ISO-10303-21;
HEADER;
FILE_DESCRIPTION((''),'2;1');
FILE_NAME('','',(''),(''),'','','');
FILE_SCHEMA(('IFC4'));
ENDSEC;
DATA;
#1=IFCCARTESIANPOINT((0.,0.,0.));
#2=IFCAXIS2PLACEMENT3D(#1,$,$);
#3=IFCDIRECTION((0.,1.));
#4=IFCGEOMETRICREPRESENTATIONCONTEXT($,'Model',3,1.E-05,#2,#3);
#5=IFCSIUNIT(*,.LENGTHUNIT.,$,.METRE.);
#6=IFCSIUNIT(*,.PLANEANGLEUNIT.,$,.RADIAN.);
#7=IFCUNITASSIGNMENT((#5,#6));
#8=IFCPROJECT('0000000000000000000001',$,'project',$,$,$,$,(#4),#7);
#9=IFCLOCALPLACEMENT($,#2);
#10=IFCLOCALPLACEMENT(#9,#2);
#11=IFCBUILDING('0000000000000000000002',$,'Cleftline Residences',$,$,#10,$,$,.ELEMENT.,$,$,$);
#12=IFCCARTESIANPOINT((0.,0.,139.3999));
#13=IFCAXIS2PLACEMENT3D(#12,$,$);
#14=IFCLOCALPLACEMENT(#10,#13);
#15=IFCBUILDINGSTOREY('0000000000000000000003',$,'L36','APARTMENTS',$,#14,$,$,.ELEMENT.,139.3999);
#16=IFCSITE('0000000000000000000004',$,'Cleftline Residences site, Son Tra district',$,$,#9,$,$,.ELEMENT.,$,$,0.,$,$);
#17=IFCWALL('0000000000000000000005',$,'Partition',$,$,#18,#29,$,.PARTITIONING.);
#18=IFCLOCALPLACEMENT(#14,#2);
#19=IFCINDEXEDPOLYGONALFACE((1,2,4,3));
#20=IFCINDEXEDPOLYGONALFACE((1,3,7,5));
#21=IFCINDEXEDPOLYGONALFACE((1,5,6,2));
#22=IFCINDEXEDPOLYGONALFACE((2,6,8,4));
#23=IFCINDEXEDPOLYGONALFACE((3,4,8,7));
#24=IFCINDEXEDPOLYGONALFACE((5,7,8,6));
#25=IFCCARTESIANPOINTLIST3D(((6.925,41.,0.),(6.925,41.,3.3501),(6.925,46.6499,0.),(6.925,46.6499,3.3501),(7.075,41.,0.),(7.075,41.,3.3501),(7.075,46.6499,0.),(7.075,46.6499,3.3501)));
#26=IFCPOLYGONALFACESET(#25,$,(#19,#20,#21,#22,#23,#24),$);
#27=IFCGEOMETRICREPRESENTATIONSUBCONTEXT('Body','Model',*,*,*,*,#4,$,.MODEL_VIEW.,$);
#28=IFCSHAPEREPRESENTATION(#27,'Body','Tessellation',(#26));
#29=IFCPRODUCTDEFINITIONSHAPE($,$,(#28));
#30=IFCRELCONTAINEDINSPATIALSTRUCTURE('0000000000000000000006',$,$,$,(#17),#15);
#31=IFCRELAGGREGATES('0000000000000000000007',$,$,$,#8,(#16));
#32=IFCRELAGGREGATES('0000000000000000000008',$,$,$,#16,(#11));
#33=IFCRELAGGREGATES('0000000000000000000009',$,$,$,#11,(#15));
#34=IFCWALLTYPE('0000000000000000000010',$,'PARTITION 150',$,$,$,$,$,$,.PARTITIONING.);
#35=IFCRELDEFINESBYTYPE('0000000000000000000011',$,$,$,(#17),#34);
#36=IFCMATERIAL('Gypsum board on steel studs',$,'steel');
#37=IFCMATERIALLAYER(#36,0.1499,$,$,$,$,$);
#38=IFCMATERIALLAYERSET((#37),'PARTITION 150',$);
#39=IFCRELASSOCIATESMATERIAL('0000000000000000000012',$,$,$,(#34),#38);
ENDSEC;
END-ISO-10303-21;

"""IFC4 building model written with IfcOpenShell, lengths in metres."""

from ifc_helpers import new_model, si_unit, direction, frame, frame_2d, origin, place, context, subcontext, project, spatial, rectangle, extrude, material, layer, layer_set, type_object, element, save


model = new_model("IFC4")

# Units and contexts
model_context = context("Model", 3, precision=1e-05, world=origin(), true_north=direction((0.0, 1.0)))
body_context = subcontext(model_context, "Body", "Model", "MODEL_VIEW")
ifc_project = project(units=[si_unit("LENGTHUNIT", "METRE"), si_unit("PLANEANGLEUNIT", "RADIAN")], contexts=[model_context])

# Site, building, storey
site_placement = place(None, origin())
site = spatial("IfcSite", under=ifc_project, at=site_placement, Name="Cleftline Residences site, Son Tra district", CompositionType="ELEMENT", RefElevation=0.0)
building_placement = place(site_placement, origin())
building = spatial("IfcBuilding", under=site, at=building_placement, Name="Cleftline Residences", CompositionType="ELEMENT")
storey_placement = place(building_placement, frame((0.0, 0.0, 139.3999)))
storey = spatial("IfcBuildingStorey", under=building, at=storey_placement, Name="L36", Description="APARTMENTS", CompositionType="ELEMENT", Elevation=139.3999)

# Wall
ifc_material_1 = material(Name="Gypsum board on steel studs", Category="steel")
ifc_layer_1 = layer(ifc_material_1, 0.1499)
ifc_layer_set_1 = layer_set([ifc_layer_1], Name="PARTITION 150")
wall_type_1 = type_object("IfcWallType", Name="PARTITION 150", PredefinedType="PARTITIONING", material=ifc_layer_set_1)
wall_1_placement = place(storey_placement, frame((7.0, 41.0, 0.0), z_axis=(0.0, 0.0, 1.0), x_axis=(0.0, 1.0, 0.0)))
element("IfcWall", 1, at=wall_1_placement, inside=storey, type_object=wall_type_1, Name="Partition", PredefinedType="PARTITIONING", context=body_context, shape_type="SweptSolid", body=[
    extrude(rectangle(XDim=5.6499, YDim=0.1499, at=frame_2d((2.825, 0.0))), origin(), (0.0, 0.0, 1.0), 3.3501),
])

save(model, "model.ifc")
